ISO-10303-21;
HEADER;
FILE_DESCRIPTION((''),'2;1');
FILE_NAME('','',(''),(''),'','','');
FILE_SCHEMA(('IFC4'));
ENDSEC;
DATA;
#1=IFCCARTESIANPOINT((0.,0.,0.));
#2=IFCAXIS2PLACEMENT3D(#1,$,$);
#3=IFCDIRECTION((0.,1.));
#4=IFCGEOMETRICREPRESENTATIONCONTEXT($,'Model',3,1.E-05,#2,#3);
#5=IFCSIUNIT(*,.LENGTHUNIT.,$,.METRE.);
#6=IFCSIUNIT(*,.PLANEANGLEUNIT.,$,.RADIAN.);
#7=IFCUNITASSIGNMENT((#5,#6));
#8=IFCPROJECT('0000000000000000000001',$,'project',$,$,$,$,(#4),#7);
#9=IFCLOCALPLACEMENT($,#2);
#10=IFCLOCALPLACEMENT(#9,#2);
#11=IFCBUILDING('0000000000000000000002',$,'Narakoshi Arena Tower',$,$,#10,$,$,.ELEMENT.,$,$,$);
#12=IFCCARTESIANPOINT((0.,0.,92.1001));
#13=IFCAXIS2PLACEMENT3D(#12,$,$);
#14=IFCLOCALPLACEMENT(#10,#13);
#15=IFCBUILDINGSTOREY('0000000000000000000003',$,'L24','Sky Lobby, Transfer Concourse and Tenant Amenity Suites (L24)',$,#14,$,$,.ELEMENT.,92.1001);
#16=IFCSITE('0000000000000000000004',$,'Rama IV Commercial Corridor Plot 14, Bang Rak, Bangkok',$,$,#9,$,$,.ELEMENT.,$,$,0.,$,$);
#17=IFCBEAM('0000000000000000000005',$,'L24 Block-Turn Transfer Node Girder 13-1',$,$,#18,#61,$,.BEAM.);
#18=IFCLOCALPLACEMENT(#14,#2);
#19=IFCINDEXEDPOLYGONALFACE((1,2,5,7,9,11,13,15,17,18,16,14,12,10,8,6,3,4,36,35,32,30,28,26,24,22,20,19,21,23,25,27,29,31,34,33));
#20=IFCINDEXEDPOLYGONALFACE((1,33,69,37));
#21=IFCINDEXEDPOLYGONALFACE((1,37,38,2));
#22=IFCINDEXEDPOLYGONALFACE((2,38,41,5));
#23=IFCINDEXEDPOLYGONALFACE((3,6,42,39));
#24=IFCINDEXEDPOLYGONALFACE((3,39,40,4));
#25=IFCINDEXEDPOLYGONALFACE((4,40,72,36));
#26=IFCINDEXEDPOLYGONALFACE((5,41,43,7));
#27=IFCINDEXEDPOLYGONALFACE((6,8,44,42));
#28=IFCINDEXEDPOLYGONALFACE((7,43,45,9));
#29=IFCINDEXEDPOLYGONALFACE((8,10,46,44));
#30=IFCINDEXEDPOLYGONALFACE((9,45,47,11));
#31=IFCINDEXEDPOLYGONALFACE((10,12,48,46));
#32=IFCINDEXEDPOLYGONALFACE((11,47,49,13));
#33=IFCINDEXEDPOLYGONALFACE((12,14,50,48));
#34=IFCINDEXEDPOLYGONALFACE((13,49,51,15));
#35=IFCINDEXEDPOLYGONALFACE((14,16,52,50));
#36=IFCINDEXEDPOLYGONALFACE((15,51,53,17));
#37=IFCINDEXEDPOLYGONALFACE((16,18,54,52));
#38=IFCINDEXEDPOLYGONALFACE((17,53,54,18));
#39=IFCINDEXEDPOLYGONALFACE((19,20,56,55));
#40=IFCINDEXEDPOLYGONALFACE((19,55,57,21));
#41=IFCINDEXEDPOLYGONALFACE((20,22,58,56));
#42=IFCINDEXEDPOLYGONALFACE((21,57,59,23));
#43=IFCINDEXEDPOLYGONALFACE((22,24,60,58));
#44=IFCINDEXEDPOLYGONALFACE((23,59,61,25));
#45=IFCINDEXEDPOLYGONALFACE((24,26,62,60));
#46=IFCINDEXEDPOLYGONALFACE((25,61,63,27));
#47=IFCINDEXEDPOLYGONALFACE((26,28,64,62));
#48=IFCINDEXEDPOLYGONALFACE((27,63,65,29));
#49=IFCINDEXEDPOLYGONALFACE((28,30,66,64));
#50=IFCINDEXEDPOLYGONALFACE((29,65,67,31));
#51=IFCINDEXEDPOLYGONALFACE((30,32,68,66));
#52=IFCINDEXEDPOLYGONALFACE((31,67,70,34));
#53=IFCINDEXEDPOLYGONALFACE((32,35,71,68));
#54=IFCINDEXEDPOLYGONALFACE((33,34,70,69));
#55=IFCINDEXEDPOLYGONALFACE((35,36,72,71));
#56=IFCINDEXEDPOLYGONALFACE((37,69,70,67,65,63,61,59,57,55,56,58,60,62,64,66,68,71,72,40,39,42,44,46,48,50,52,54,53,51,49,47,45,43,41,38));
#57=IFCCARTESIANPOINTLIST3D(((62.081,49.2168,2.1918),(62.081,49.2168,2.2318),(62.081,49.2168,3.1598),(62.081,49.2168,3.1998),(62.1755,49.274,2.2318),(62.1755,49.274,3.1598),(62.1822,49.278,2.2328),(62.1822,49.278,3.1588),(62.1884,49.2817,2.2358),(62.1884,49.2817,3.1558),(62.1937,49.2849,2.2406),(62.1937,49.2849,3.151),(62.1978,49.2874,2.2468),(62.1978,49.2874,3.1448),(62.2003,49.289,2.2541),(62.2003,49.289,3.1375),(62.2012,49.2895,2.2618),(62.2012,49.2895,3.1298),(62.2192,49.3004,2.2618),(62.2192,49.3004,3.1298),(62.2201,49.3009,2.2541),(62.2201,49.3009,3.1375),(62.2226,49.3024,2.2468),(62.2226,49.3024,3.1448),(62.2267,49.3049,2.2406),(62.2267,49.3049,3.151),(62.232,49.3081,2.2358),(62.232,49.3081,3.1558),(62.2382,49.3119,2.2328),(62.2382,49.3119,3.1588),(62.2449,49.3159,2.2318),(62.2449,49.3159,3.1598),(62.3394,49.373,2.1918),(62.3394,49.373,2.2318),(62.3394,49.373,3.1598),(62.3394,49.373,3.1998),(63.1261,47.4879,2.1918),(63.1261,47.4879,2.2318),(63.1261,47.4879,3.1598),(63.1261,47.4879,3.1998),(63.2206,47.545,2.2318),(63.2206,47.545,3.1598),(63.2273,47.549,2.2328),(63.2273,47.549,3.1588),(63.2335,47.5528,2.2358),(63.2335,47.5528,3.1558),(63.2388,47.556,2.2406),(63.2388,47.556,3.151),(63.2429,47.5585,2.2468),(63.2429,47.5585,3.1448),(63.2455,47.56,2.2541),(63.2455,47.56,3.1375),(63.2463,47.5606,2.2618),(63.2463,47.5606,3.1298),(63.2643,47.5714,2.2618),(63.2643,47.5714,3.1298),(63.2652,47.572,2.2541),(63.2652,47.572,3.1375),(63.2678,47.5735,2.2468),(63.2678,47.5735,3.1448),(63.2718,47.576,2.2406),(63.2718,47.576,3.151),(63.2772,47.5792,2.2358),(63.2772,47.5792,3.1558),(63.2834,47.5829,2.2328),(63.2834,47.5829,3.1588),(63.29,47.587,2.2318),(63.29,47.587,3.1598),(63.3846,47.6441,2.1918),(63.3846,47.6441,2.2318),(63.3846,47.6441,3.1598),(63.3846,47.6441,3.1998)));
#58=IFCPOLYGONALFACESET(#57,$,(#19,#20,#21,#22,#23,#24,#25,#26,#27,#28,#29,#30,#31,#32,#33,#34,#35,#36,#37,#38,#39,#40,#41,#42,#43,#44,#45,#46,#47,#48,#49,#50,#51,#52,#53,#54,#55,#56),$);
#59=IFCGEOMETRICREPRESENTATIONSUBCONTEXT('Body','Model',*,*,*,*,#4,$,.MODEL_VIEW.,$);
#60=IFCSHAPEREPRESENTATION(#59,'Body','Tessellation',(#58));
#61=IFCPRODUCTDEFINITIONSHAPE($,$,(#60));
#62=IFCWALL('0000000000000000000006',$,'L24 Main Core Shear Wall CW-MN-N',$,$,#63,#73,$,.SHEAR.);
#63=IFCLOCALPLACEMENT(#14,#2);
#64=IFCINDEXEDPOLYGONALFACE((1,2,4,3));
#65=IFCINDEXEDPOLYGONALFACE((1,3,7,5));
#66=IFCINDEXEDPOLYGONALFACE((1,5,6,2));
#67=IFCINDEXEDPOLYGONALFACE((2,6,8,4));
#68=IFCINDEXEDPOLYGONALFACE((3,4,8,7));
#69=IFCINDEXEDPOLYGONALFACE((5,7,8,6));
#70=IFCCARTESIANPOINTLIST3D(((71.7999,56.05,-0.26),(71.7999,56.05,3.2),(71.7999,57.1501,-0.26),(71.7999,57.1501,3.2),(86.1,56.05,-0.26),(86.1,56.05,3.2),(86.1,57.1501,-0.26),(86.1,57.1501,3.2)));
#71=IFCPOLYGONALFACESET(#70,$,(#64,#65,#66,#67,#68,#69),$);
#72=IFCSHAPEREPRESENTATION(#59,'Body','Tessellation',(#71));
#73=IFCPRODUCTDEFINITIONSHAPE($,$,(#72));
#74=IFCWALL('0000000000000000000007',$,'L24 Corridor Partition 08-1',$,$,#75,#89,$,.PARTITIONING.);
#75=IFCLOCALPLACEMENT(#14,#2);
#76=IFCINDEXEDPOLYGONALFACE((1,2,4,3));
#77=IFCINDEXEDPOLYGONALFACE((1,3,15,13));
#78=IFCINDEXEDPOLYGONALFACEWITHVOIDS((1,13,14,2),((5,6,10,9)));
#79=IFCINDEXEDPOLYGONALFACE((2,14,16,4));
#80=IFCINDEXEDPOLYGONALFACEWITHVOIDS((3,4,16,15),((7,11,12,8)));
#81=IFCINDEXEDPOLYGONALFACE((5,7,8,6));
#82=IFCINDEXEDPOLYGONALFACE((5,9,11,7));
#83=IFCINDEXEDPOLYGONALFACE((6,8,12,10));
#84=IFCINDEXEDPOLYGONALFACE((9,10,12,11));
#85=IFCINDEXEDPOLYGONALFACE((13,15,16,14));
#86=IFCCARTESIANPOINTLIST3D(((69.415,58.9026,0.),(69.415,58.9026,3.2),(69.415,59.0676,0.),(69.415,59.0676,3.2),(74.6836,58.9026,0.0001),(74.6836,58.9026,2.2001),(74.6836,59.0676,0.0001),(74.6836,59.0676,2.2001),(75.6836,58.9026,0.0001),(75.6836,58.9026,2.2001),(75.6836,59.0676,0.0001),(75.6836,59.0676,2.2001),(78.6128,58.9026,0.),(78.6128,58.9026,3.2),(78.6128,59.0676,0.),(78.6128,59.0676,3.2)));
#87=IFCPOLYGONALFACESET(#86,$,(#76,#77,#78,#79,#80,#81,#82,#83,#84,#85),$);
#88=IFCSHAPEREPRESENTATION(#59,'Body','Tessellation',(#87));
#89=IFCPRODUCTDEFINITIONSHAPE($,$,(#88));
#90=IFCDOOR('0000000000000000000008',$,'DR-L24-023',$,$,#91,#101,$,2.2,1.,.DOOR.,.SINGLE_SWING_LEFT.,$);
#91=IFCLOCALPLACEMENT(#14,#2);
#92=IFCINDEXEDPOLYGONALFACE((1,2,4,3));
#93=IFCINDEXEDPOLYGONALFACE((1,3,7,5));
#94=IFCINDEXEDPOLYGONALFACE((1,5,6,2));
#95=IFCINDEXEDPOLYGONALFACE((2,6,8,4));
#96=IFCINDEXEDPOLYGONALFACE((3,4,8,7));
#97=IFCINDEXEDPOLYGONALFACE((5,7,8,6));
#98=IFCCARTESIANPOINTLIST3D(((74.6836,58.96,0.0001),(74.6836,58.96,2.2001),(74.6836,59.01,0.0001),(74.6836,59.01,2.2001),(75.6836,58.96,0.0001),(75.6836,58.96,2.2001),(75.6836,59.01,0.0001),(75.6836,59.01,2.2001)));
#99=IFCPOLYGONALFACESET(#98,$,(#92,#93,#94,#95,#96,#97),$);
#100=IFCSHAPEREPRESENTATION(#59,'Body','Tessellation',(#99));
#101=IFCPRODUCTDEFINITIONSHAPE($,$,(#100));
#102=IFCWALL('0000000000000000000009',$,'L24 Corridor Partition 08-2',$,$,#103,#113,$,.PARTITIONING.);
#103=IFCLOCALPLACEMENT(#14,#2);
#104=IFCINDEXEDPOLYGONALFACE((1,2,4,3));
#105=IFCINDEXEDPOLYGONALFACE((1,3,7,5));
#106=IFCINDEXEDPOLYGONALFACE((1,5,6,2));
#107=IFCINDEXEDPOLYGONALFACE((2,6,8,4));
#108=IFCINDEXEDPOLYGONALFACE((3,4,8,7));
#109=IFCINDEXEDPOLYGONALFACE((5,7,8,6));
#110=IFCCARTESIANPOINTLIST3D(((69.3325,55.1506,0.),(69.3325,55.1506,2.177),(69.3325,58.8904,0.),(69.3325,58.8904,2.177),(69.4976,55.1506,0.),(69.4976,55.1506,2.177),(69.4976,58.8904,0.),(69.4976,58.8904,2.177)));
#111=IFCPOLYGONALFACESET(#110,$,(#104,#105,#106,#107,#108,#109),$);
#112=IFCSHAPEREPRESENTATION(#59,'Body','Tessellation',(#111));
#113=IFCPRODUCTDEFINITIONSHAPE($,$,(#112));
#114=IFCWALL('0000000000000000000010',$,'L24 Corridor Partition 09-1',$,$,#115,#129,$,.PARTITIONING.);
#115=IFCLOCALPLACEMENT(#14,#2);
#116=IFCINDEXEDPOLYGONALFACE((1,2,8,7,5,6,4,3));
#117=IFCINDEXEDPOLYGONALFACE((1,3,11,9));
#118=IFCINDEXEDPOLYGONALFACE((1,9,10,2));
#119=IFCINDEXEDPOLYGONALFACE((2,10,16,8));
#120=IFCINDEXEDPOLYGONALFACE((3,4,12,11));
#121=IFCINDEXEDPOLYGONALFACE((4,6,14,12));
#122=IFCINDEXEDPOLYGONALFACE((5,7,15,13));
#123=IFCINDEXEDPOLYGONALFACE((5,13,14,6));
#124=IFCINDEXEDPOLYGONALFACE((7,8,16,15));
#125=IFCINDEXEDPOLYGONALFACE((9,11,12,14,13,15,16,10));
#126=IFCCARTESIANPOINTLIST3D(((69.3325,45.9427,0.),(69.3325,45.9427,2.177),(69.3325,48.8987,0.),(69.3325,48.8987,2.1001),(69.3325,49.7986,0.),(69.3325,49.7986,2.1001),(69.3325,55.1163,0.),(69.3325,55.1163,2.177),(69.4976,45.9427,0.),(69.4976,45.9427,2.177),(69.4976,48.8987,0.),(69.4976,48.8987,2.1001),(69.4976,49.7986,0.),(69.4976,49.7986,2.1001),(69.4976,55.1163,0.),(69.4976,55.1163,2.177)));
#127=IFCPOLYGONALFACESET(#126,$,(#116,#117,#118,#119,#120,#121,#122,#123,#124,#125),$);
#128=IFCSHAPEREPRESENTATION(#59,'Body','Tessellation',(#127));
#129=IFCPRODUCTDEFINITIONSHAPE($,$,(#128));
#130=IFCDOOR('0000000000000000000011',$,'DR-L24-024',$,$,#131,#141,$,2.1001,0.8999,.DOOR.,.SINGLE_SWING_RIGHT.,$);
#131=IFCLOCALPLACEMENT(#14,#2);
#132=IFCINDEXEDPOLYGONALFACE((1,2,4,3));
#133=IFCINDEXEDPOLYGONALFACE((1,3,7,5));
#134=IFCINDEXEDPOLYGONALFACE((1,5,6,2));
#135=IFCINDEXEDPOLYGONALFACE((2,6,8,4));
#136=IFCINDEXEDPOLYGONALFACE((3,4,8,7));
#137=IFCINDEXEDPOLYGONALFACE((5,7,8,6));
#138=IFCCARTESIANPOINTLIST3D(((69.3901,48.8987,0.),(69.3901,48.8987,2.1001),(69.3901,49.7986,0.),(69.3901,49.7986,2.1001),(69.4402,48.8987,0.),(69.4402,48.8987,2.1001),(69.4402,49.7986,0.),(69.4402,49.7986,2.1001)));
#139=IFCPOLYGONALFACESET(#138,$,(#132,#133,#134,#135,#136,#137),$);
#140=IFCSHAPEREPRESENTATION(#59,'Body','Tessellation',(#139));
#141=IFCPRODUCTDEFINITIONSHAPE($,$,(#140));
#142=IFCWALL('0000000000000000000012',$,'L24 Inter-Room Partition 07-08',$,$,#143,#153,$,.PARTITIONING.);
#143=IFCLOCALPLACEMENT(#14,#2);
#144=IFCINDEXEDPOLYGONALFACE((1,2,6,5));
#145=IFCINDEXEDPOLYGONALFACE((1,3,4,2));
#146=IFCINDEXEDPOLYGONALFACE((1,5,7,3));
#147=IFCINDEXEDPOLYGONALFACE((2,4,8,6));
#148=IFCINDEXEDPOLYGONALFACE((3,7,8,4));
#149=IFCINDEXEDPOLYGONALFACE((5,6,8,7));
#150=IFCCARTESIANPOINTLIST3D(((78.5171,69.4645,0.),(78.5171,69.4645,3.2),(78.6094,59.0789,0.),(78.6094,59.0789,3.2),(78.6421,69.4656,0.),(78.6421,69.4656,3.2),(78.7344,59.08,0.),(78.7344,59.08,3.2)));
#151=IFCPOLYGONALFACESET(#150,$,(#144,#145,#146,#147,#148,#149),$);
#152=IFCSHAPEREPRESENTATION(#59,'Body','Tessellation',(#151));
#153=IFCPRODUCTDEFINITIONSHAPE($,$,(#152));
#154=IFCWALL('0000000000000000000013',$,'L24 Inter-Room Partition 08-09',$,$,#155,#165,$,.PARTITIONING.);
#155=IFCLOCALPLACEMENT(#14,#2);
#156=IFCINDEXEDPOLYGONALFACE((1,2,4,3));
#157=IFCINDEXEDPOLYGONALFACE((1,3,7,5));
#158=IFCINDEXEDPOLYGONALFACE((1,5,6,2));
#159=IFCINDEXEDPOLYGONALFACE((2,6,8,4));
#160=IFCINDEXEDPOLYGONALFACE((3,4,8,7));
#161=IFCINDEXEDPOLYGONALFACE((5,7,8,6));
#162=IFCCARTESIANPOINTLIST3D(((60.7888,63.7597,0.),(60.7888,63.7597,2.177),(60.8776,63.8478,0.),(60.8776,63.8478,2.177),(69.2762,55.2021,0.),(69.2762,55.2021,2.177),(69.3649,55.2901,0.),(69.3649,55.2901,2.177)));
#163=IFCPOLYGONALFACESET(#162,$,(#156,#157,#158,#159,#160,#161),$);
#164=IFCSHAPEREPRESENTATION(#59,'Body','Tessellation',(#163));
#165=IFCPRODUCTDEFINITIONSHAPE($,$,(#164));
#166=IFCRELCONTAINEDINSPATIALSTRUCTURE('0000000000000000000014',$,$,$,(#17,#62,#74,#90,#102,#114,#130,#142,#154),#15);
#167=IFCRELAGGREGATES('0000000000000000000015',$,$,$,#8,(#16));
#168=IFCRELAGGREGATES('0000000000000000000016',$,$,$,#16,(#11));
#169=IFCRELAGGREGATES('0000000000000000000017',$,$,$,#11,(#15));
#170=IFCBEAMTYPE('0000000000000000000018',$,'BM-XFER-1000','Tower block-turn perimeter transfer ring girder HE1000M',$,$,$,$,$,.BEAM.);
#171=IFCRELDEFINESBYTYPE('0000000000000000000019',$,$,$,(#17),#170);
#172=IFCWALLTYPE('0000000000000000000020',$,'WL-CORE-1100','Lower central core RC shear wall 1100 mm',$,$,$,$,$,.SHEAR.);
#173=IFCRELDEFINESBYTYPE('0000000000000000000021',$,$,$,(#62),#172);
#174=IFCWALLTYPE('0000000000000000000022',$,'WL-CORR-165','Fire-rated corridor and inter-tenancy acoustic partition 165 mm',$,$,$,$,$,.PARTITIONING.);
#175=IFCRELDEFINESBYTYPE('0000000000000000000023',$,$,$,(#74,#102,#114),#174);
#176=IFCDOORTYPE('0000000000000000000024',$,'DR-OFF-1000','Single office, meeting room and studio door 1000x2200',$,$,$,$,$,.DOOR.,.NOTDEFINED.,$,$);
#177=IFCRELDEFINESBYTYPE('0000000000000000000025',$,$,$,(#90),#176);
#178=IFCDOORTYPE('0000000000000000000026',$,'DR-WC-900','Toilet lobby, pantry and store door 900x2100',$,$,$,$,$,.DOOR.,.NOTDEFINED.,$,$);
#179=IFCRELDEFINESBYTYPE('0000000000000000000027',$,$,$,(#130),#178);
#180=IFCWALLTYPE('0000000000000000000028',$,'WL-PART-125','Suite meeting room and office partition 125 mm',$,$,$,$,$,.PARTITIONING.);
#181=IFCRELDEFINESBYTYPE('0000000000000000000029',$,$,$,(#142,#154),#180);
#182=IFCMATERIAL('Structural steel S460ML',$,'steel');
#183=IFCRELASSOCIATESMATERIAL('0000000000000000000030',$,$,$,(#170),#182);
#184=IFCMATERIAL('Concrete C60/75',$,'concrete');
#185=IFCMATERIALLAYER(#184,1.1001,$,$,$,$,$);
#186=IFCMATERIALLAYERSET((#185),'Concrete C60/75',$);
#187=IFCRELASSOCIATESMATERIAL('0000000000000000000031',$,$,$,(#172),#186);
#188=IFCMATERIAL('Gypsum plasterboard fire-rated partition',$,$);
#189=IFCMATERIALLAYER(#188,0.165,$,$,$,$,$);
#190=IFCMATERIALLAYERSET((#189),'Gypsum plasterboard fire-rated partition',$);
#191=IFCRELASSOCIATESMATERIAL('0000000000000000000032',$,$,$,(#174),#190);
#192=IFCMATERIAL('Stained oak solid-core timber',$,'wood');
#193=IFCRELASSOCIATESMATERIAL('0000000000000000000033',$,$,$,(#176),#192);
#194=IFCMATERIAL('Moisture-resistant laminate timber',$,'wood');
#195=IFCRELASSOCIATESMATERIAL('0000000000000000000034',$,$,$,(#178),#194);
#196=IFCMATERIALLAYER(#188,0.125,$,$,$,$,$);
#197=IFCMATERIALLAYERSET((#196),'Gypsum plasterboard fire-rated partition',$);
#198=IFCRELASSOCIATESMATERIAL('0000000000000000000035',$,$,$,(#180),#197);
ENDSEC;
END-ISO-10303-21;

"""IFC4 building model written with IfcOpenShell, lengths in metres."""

from ifc_helpers import new_model, si_unit, direction, frame, frame_2d, origin, origin_2d, place, context, subcontext, project, spatial, rectangle, i_section, extrude, material, layer, layer_set, material_profile, profile_set, type_object, element, fill, save


model = new_model("IFC4")

# Units and contexts
model_context = context("Model", 3, precision=1e-05, world=origin(), true_north=direction((0.0, 1.0)))
body_context = subcontext(model_context, "Body", "Model", "MODEL_VIEW")
ifc_project = project(units=[si_unit("LENGTHUNIT", "METRE"), si_unit("PLANEANGLEUNIT", "RADIAN")], contexts=[model_context])

# Site, building, storey
site_placement = place(None, origin())
site = spatial("IfcSite", under=ifc_project, at=site_placement, Name="Rama IV Commercial Corridor Plot 14, Bang Rak, Bangkok", CompositionType="ELEMENT", RefElevation=0.0)
building_placement = place(site_placement, origin())
building = spatial("IfcBuilding", under=site, at=building_placement, Name="Narakoshi Arena Tower", CompositionType="ELEMENT")
storey_placement = place(building_placement, frame((0.0, 0.0, 92.1001)))
storey = spatial("IfcBuildingStorey", under=building, at=storey_placement, Name="L24", Description="Sky Lobby, Transfer Concourse and Tenant Amenity Suites (L24)", CompositionType="ELEMENT", Elevation=92.1001)

# Shared definitions
ifc_material_1 = material(Name="Concrete C60/75", Category="concrete")
ifc_material_2 = material(Name="Structural steel S460ML", Category="steel")

# Beam
ifc_material_profile_1 = material_profile(ifc_material_2, i_section(OverallWidth=0.302, OverallDepth=1.0081, WebThickness=0.021, FlangeThickness=0.04, FilletRadius=0.03, at=origin_2d()), Name="HE1000M")
ifc_profile_set_1 = profile_set([ifc_material_profile_1], Name="Structural steel S460ML")
beam_type = type_object("IfcBeamType", Name="BM-XFER-1000", Description="Tower block-turn perimeter transfer ring girder HE1000M", PredefinedType="BEAM", material=ifc_profile_set_1)
beam_1_placement = place(storey_placement, frame((62.2102, 49.2949, 2.6958), z_axis=(0.517318, -0.855793, 0.0), x_axis=(0.855793, 0.517318, 0.0)))
element("IfcBeam", 1, at=beam_1_placement, inside=storey, type_object=beam_type, Name="L24 Block-Turn Transfer Node Girder 13-1", PredefinedType="BEAM", context=body_context, shape_type="SweptSolid", body=[
    extrude(i_section(OverallWidth=0.302, OverallDepth=1.0081, WebThickness=0.021, FlangeThickness=0.04, FilletRadius=0.03, at=origin_2d()), origin(), (0.0, 0.0, 1.0), 2.0203),
])

# Wall
ifc_layer_1 = layer(ifc_material_1, 1.1001)
ifc_layer_set_1 = layer_set([ifc_layer_1], Name="Concrete C60/75")
wall_type_1 = type_object("IfcWallType", Name="WL-CORE-1100", Description="Lower central core RC shear wall 1100 mm", PredefinedType="SHEAR", material=ifc_layer_set_1)
wall_1_placement = place(storey_placement, frame((71.8, 56.6001, -0.26), z_axis=(0.0, 0.0, 1.0), x_axis=(1.0, 0.0, 0.0)))
element("IfcWall", 2, at=wall_1_placement, inside=storey, type_object=wall_type_1, Name="L24 Main Core Shear Wall CW-MN-N", PredefinedType="SHEAR", context=body_context, shape_type="SweptSolid", body=[
    extrude(rectangle(XDim=14.3, YDim=1.1001, at=frame_2d((7.1499, 0.0))), origin(), (0.0, 0.0, 1.0), 3.46),
])

# Wall, opening, door
ifc_material_3 = material(Name="Gypsum plasterboard fire-rated partition")
ifc_layer_2 = layer(ifc_material_3, 0.165)
ifc_layer_set_2 = layer_set([ifc_layer_2], Name="Gypsum plasterboard fire-rated partition")
wall_type_2 = type_object("IfcWallType", Name="WL-CORR-165", Description="Fire-rated corridor and inter-tenancy acoustic partition 165 mm", PredefinedType="PARTITIONING", material=ifc_layer_set_2)
wall_2_placement = place(storey_placement, frame((78.6128, 58.9851, 0.0), z_axis=(0.0, 0.0, 1.0), x_axis=(-1.0, 0.0, 0.0)))
wall_2 = element("IfcWall", 3, at=wall_2_placement, inside=storey, type_object=wall_type_2, Name="L24 Corridor Partition 08-1", PredefinedType="PARTITIONING", context=body_context, shape_type="SweptSolid", body=[
    extrude(rectangle(XDim=9.1978, YDim=0.165, at=frame_2d((4.5989, 0.0))), origin(), (0.0, 0.0, 1.0), 3.2),
])
opening_1_placement = place(wall_2_placement, frame((2.9292, 0.0, 0.0)))
opening_1 = element("IfcOpeningElement", 4, at=opening_1_placement, cuts=wall_2, PredefinedType="OPENING", context=body_context, shape_type="SweptSolid", body=[
    extrude(rectangle(XDim=1.0, YDim=2.2, at=frame_2d((0.5, 1.1001))), frame((0.0, 0.0925, 0.0), z_axis=(0.0, -1.0, 0.0), x_axis=(1.0, 0.0, 0.0)), (0.0, 0.0, 1.0), 0.1851),
])
ifc_material_4 = material(Name="Stained oak solid-core timber", Category="wood")
door_type_1 = type_object("IfcDoorType", Name="DR-OFF-1000", Description="Single office, meeting room and studio door 1000x2200", OperationType="NOTDEFINED", PredefinedType="DOOR", material=ifc_material_4)
door_1_placement = place(opening_1_placement, frame((1.0, 0.0, 0.0), z_axis=(0.0, 0.0, 1.0), x_axis=(-1.0, 0.0, 0.0)))
door_1 = element("IfcDoor", 5, at=door_1_placement, inside=storey, type_object=door_type_1, Name="DR-L24-023", OperationType="SINGLE_SWING_LEFT", OverallHeight=2.2, OverallWidth=1.0, PredefinedType="DOOR", context=body_context, shape_type="SweptSolid", body=[
    extrude(rectangle(XDim=1.0, YDim=2.2, at=frame_2d((0.5, 1.1001))), frame((0.0, 0.0249, 0.0), z_axis=(0.0, -1.0, 0.0), x_axis=(1.0, 0.0, 0.0)), (0.0, 0.0, 1.0), 0.05),
])
fill(opening_1, door_1)

# Wall
wall_3_placement = place(storey_placement, frame((69.415, 58.8904, 0.0), z_axis=(0.0, 0.0, 1.0), x_axis=(0.0, -1.0, 0.0)))
element("IfcWall", 6, at=wall_3_placement, inside=storey, type_object=wall_type_2, Name="L24 Corridor Partition 08-2", PredefinedType="PARTITIONING", context=body_context, shape_type="SweptSolid", body=[
    extrude(rectangle(XDim=3.7397, YDim=0.165, at=frame_2d((1.8699, 0.0))), origin(), (0.0, 0.0, 1.0), 2.177),
])

# Wall, opening, door
wall_4_placement = place(storey_placement, frame((69.415, 55.1165, 0.0), z_axis=(0.0, 0.0, 1.0), x_axis=(0.0, -1.0, 0.0)))
wall_4 = element("IfcWall", 7, at=wall_4_placement, inside=storey, type_object=wall_type_2, Name="L24 Corridor Partition 09-1", PredefinedType="PARTITIONING", context=body_context, shape_type="SweptSolid", body=[
    extrude(rectangle(XDim=9.1736, YDim=0.165, at=frame_2d((4.5869, 0.0))), origin(), (0.0, 0.0, 1.0), 2.177),
])
opening_2_placement = place(wall_4_placement, frame((5.3179, 0.0, 0.0)))
opening_2 = element("IfcOpeningElement", 8, at=opening_2_placement, cuts=wall_4, PredefinedType="OPENING", context=body_context, shape_type="SweptSolid", body=[
    extrude(rectangle(XDim=0.8999, YDim=2.1001, at=frame_2d((0.45, 1.05))), frame((0.0, 0.0925, 0.0), z_axis=(0.0, -1.0, 0.0), x_axis=(1.0, 0.0, 0.0)), (0.0, 0.0, 1.0), 0.1851),
])
ifc_material_5 = material(Name="Moisture-resistant laminate timber", Category="wood")
door_type_2 = type_object("IfcDoorType", Name="DR-WC-900", Description="Toilet lobby, pantry and store door 900x2100", OperationType="NOTDEFINED", PredefinedType="DOOR", material=ifc_material_5)
door_2_placement = place(opening_2_placement, frame((0.8999, 0.0, 0.0), z_axis=(0.0, 0.0, 1.0), x_axis=(-1.0, 0.0, 0.0)))
door_2 = element("IfcDoor", 9, at=door_2_placement, inside=storey, type_object=door_type_2, Name="DR-L24-024", OperationType="SINGLE_SWING_RIGHT", OverallHeight=2.1001, OverallWidth=0.8999, PredefinedType="DOOR", context=body_context, shape_type="SweptSolid", body=[
    extrude(rectangle(XDim=0.8999, YDim=2.1001, at=frame_2d((0.45, 1.05))), frame((0.0, 0.0249, 0.0), z_axis=(0.0, -1.0, 0.0), x_axis=(1.0, 0.0, 0.0)), (0.0, 0.0, 1.0), 0.05),
])
fill(opening_2, door_2)

# Walls
ifc_layer_3 = layer(ifc_material_3, 0.125)
ifc_layer_set_3 = layer_set([ifc_layer_3], Name="Gypsum plasterboard fire-rated partition")
wall_type_3 = type_object("IfcWallType", Name="WL-PART-125", Description="Suite meeting room and office partition 125 mm", PredefinedType="PARTITIONING", material=ifc_layer_set_3)
wall_5_placement = place(storey_placement, frame((78.6719, 59.0796, 0.0), z_axis=(0.0, 0.0, 1.0), x_axis=(-0.008886, 0.999961, 0.0)))
element("IfcWall", 10, at=wall_5_placement, inside=storey, type_object=wall_type_3, Name="L24 Inter-Room Partition 07-08", PredefinedType="PARTITIONING", context=body_context, shape_type="SweptSolid", body=[
    extrude(rectangle(XDim=10.386, YDim=0.125, at=frame_2d((5.1929, 0.0))), origin(), (0.0, 0.0, 1.0), 3.2),
])
wall_6_placement = place(storey_placement, frame((69.3206, 55.2461, 0.0), z_axis=(0.0, 0.0, 1.0), x_axis=(-0.704184, 0.710018, 0.0)))
element("IfcWall", 11, at=wall_6_placement, inside=storey, type_object=wall_type_3, Name="L24 Inter-Room Partition 08-09", PredefinedType="PARTITIONING", context=body_context, shape_type="SweptSolid", body=[
    extrude(rectangle(XDim=12.0527, YDim=0.125, at=frame_2d((6.0264, 0.0))), origin(), (0.0, 0.0, 1.0), 2.177),
])

save(model, "model.ifc")
